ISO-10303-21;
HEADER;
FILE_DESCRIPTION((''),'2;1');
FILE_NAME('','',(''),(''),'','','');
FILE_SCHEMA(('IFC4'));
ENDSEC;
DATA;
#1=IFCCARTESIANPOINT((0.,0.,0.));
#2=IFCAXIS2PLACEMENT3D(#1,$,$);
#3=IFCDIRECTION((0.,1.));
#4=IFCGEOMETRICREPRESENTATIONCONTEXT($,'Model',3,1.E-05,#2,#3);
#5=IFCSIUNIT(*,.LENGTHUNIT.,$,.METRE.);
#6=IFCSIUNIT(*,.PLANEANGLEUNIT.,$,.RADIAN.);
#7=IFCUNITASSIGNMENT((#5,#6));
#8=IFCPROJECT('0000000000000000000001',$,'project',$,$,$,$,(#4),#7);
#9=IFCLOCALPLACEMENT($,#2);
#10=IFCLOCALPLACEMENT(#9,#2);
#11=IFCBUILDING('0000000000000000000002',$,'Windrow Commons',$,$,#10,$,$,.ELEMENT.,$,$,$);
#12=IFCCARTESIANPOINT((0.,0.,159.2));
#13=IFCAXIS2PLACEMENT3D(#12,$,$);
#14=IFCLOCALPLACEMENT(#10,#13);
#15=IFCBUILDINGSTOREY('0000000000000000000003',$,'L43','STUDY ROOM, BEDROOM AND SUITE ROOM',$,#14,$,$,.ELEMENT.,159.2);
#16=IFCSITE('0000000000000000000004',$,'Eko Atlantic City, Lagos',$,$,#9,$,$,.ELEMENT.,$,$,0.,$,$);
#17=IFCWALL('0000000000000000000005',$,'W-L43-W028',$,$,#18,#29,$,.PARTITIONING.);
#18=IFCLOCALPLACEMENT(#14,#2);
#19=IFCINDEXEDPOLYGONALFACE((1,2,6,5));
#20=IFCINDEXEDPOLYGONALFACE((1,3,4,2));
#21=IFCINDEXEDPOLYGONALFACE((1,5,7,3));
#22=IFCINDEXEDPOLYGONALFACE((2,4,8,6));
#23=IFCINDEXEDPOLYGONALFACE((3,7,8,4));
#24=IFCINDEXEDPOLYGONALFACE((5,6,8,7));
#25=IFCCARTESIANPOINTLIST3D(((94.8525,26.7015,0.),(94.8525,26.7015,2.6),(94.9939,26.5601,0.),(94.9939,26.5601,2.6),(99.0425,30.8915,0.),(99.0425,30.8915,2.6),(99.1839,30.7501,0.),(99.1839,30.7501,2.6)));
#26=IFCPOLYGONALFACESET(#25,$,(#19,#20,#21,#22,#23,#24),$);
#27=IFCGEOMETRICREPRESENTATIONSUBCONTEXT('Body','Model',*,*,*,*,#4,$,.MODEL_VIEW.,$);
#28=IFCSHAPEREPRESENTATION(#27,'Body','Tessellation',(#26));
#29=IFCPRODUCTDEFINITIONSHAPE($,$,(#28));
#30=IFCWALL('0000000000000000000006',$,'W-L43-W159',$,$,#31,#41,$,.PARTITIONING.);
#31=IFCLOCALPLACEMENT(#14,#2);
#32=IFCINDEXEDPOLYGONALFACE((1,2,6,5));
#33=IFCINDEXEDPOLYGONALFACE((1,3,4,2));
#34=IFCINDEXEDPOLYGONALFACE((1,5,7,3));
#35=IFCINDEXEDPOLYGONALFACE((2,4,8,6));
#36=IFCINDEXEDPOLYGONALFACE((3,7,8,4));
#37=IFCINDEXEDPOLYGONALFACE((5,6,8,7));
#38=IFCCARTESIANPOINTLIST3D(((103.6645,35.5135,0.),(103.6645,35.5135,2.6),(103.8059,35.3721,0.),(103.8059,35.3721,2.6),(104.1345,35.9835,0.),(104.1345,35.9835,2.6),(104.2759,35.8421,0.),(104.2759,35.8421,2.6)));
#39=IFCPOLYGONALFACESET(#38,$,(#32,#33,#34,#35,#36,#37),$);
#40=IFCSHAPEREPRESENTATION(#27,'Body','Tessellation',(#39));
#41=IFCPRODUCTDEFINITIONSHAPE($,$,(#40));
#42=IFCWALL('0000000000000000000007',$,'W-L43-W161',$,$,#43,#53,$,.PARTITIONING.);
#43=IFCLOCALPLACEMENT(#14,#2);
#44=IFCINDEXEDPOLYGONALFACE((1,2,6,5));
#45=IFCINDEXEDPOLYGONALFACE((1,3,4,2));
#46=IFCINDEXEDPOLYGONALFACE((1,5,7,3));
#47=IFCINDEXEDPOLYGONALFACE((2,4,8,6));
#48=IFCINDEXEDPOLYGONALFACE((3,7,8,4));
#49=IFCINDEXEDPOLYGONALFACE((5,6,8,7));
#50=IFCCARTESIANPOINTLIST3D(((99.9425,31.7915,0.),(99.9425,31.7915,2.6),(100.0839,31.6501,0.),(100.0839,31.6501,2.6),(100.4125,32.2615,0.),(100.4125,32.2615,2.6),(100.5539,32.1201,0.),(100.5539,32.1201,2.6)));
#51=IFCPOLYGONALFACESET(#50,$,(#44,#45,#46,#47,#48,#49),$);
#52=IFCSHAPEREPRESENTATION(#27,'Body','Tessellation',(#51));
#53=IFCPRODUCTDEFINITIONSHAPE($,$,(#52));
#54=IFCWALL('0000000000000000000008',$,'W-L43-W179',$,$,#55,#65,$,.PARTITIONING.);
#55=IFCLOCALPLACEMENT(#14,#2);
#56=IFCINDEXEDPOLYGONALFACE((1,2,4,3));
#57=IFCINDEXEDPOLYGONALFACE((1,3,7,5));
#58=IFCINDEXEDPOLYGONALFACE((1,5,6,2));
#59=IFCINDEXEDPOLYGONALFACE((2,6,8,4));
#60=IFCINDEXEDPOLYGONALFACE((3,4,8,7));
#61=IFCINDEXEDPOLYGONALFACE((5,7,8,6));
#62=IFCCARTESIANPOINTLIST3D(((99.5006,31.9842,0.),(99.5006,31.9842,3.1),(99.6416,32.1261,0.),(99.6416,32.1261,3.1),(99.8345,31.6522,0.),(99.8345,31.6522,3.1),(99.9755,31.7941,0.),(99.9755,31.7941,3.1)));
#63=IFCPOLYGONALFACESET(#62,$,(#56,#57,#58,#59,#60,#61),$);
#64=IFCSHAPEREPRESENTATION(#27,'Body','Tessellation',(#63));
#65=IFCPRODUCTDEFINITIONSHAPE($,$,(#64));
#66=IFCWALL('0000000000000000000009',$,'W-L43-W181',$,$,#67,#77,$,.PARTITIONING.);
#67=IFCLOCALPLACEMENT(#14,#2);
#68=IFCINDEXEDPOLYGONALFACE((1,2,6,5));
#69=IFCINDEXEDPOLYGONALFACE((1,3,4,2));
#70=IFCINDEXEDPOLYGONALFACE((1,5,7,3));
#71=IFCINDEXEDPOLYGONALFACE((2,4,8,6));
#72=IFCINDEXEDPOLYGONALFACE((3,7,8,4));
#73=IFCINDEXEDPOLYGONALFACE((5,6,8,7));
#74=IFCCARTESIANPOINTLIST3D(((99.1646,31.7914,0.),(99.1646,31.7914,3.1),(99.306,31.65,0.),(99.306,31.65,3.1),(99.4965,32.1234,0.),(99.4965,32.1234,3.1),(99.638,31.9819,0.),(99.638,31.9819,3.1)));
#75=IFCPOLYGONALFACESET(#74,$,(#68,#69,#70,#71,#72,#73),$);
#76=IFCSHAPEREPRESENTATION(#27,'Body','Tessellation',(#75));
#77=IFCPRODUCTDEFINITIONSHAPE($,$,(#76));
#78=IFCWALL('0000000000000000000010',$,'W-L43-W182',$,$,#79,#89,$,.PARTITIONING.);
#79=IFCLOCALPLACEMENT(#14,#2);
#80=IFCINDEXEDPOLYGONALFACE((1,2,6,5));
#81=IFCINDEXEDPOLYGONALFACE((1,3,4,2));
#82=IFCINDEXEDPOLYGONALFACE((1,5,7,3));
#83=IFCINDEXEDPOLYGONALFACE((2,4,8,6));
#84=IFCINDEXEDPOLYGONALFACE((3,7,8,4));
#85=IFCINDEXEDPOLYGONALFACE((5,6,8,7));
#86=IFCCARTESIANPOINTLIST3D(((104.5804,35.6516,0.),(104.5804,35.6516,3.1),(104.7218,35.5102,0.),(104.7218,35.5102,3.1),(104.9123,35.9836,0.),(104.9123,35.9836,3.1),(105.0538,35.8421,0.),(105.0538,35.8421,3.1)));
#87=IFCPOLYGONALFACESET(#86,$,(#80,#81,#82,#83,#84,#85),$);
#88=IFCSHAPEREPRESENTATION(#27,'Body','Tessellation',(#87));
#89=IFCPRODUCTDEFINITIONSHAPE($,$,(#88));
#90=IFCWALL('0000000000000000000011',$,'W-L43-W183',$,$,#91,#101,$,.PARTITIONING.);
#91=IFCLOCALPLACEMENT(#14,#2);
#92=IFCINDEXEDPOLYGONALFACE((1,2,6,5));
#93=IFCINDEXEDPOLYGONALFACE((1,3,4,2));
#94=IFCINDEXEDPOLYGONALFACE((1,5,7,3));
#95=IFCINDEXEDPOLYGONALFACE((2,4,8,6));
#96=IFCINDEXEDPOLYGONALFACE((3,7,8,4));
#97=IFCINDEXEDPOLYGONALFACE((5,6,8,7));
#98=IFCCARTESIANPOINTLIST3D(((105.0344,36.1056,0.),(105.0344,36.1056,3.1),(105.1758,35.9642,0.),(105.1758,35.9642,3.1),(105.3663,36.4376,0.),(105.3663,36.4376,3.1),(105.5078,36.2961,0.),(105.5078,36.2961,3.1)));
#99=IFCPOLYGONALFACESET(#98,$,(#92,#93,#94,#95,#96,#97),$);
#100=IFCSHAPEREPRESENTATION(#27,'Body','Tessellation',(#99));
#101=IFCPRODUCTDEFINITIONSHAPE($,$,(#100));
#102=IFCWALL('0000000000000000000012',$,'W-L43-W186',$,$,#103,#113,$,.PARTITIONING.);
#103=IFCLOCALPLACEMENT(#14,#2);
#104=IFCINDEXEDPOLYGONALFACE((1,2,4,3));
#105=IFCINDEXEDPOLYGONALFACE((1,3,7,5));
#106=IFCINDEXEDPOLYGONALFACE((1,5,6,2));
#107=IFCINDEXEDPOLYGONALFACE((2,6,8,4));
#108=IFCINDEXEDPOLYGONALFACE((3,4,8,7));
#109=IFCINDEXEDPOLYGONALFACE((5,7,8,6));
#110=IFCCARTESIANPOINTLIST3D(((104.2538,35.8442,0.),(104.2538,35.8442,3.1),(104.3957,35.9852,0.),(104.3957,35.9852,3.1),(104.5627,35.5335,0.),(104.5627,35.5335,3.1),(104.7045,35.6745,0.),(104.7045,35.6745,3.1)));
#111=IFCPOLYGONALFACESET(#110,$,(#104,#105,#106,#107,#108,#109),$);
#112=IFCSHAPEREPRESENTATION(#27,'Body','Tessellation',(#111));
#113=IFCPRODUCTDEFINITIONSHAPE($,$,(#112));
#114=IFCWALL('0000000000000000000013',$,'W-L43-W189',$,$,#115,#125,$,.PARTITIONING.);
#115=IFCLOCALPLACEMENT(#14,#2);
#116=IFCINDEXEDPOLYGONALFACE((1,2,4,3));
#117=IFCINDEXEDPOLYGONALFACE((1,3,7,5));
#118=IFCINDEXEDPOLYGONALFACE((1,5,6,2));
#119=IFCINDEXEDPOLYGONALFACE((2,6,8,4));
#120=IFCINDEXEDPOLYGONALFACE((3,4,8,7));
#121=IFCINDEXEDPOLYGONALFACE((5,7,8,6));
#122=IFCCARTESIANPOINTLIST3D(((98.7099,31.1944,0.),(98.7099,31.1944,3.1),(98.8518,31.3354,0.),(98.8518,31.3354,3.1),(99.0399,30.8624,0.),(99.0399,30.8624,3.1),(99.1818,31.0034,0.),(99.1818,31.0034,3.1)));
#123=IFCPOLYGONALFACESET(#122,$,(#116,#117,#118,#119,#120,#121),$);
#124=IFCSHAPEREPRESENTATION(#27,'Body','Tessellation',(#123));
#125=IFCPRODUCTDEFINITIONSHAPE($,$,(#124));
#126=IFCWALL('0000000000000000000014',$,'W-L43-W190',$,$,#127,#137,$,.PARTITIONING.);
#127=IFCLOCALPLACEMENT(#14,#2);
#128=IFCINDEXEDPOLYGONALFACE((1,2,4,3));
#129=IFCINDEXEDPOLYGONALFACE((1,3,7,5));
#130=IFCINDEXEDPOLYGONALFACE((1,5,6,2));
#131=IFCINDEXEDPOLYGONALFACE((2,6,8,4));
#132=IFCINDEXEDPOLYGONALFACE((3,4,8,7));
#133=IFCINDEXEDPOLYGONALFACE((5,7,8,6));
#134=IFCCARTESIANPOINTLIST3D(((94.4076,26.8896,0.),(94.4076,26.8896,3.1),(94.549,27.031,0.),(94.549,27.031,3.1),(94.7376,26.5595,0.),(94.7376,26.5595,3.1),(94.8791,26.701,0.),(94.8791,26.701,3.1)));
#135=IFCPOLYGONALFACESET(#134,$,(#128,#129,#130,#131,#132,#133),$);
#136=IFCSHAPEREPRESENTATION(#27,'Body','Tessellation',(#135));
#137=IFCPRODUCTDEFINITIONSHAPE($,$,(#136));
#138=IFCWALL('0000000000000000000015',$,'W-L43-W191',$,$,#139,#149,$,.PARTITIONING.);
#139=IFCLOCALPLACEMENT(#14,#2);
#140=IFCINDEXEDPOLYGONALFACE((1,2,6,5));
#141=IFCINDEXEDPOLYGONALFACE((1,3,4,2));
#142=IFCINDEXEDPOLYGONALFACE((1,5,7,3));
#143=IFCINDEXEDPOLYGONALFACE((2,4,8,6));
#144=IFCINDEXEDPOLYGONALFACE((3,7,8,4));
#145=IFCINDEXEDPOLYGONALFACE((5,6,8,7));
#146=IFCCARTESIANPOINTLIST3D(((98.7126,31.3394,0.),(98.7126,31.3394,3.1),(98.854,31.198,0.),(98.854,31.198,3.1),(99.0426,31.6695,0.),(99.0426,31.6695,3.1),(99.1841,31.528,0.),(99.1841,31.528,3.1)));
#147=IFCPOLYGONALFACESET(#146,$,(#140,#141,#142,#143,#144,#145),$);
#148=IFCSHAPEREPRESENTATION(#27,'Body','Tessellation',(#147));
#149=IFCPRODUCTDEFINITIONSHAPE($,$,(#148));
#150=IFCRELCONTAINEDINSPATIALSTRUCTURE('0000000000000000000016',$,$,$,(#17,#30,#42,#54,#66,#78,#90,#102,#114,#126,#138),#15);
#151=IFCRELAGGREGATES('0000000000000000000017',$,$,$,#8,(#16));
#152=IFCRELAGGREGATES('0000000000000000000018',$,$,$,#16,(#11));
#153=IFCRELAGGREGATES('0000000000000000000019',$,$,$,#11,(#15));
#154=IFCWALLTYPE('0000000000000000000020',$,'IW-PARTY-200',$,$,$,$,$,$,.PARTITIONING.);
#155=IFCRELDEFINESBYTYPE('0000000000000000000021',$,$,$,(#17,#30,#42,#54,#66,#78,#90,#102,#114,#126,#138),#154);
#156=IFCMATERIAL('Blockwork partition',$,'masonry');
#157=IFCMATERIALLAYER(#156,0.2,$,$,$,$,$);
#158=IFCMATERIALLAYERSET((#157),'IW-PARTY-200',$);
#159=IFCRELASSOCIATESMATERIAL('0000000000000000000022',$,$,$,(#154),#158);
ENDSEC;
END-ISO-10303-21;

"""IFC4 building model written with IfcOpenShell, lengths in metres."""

from ifc_helpers import new_model, si_unit, direction, frame, frame_2d, origin, place, context, subcontext, project, spatial, rectangle, extrude, material, layer, layer_set, type_object, element, save


model = new_model("IFC4")

# Units and contexts
model_context = context("Model", 3, precision=1e-05, world=origin(), true_north=direction((0.0, 1.0)))
body_context = subcontext(model_context, "Body", "Model", "MODEL_VIEW")
ifc_project = project(units=[si_unit("LENGTHUNIT", "METRE"), si_unit("PLANEANGLEUNIT", "RADIAN")], contexts=[model_context])

# Site, building, storey
site_placement = place(None, origin())
site = spatial("IfcSite", under=ifc_project, at=site_placement, Name="Eko Atlantic City, Lagos", CompositionType="ELEMENT", RefElevation=0.0)
building_placement = place(site_placement, origin())
building = spatial("IfcBuilding", under=site, at=building_placement, Name="Windrow Commons", CompositionType="ELEMENT")
storey_placement = place(building_placement, frame((0.0, 0.0, 159.2)))
storey = spatial("IfcBuildingStorey", under=building, at=storey_placement, Name="L43", Description="STUDY ROOM, BEDROOM AND SUITE ROOM", CompositionType="ELEMENT", Elevation=159.2)

# Walls
ifc_material_1 = material(Name="Blockwork partition", Category="masonry")
ifc_layer_1 = layer(ifc_material_1, 0.2)
ifc_layer_set_1 = layer_set([ifc_layer_1], Name="IW-PARTY-200")
wall_type_1 = type_object("IfcWallType", Name="IW-PARTY-200", PredefinedType="PARTITIONING", material=ifc_layer_set_1)
wall_1_placement = place(storey_placement, frame((94.9232, 26.6308, 0.0), z_axis=(0.0, 0.0, 1.0), x_axis=(0.707107, 0.707107, 0.0)))
element("IfcWall", 1, at=wall_1_placement, inside=storey, type_object=wall_type_1, Name="W-L43-W028", PredefinedType="PARTITIONING", context=body_context, shape_type="SweptSolid", body=[
    extrude(rectangle(XDim=5.9256, YDim=0.2, at=frame_2d((2.9628, 0.0))), origin(), (0.0, 0.0, 1.0), 2.6),
])
for number, where, z_axis, x_axis, name in (
    (2, (103.7352, 35.4428, 0.0), (0.0, 0.0, 1.0), (0.707107, 0.707107, 0.0), "W-L43-W159"),
    (3, (100.0132, 31.7208, 0.0), (0.0, 0.0, 1.0), (0.707107, 0.707107, 0.0), "W-L43-W161"),
):
    element("IfcWall", number, at=place(storey_placement, frame(where, z_axis=z_axis, x_axis=x_axis)), inside=storey, type_object=wall_type_1, Name=name, PredefinedType="PARTITIONING", context=body_context, shape_type="SweptSolid", body=[
        extrude(rectangle(XDim=0.6647, YDim=0.2, at=frame_2d((0.3323, 0.0))), origin(), (0.0, 0.0, 1.0), 2.6),
    ])
wall_2_placement = place(storey_placement, frame((99.5711, 32.0551, 0.0), z_axis=(0.0, 0.0, 1.0), x_axis=(0.709227, -0.70498, 0.0)))
element("IfcWall", 4, at=wall_2_placement, inside=storey, type_object=wall_type_1, Name="W-L43-W179", PredefinedType="PARTITIONING", context=body_context, shape_type="SweptSolid", body=[
    extrude(rectangle(XDim=0.4709, YDim=0.2, at=frame_2d((0.2354, 0.0))), origin(), (0.0, 0.0, 1.0), 3.1),
])
for number, where, z_axis, x_axis, name in (
    (5, (99.2353, 31.7207, 0.0), (0.0, 0.0, 1.0), (0.707107, 0.707107, 0.0), "W-L43-W181"),
    (6, (104.6511, 35.5809, 0.0), (0.0, 0.0, 1.0), (0.707107, 0.707107, 0.0), "W-L43-W182"),
    (7, (105.1051, 36.0349, 0.0), (0.0, 0.0, 1.0), (0.707107, 0.707107, 0.0), "W-L43-W183"),
):
    element("IfcWall", number, at=place(storey_placement, frame(where, z_axis=z_axis, x_axis=x_axis)), inside=storey, type_object=wall_type_1, Name=name, PredefinedType="PARTITIONING", context=body_context, shape_type="SweptSolid", body=[
        extrude(rectangle(XDim=0.4695, YDim=0.2, at=frame_2d((0.2347, 0.0))), origin(), (0.0, 0.0, 1.0), 3.1),
    ])
wall_3_placement = place(storey_placement, frame((104.3248, 35.9147, 0.0), z_axis=(0.0, 0.0, 1.0), x_axis=(0.704935, -0.709272, 0.0)))
element("IfcWall", 8, at=wall_3_placement, inside=storey, type_object=wall_type_1, Name="W-L43-W186", PredefinedType="PARTITIONING", context=body_context, shape_type="SweptSolid", body=[
    extrude(rectangle(XDim=0.4381, YDim=0.2, at=frame_2d((0.219, 0.0))), origin(), (0.0, 0.0, 1.0), 3.1),
])
wall_4_placement = place(storey_placement, frame((98.7808, 31.2649, 0.0), z_axis=(0.0, 0.0, 1.0), x_axis=(0.704967, -0.70924, 0.0)))
element("IfcWall", 9, at=wall_4_placement, inside=storey, type_object=wall_type_1, Name="W-L43-W189", PredefinedType="PARTITIONING", context=body_context, shape_type="SweptSolid", body=[
    extrude(rectangle(XDim=0.4681, YDim=0.2, at=frame_2d((0.2341, 0.0))), origin(), (0.0, 0.0, 1.0), 3.1),
])
for number, where, z_axis, x_axis, name in (
    (10, (94.4783, 26.9603, 0.0), (0.0, 0.0, 1.0), (0.707107, -0.707107, 0.0), "W-L43-W190"),
    (11, (98.7833, 31.2687, 0.0), (0.0, 0.0, 1.0), (0.707107, 0.707107, 0.0), "W-L43-W191"),
):
    element("IfcWall", number, at=place(storey_placement, frame(where, z_axis=z_axis, x_axis=x_axis)), inside=storey, type_object=wall_type_1, Name=name, PredefinedType="PARTITIONING", context=body_context, shape_type="SweptSolid", body=[
        extrude(rectangle(XDim=0.4667, YDim=0.2, at=frame_2d((0.2334, 0.0))), origin(), (0.0, 0.0, 1.0), 3.1),
    ])

save(model, "model.ifc")
